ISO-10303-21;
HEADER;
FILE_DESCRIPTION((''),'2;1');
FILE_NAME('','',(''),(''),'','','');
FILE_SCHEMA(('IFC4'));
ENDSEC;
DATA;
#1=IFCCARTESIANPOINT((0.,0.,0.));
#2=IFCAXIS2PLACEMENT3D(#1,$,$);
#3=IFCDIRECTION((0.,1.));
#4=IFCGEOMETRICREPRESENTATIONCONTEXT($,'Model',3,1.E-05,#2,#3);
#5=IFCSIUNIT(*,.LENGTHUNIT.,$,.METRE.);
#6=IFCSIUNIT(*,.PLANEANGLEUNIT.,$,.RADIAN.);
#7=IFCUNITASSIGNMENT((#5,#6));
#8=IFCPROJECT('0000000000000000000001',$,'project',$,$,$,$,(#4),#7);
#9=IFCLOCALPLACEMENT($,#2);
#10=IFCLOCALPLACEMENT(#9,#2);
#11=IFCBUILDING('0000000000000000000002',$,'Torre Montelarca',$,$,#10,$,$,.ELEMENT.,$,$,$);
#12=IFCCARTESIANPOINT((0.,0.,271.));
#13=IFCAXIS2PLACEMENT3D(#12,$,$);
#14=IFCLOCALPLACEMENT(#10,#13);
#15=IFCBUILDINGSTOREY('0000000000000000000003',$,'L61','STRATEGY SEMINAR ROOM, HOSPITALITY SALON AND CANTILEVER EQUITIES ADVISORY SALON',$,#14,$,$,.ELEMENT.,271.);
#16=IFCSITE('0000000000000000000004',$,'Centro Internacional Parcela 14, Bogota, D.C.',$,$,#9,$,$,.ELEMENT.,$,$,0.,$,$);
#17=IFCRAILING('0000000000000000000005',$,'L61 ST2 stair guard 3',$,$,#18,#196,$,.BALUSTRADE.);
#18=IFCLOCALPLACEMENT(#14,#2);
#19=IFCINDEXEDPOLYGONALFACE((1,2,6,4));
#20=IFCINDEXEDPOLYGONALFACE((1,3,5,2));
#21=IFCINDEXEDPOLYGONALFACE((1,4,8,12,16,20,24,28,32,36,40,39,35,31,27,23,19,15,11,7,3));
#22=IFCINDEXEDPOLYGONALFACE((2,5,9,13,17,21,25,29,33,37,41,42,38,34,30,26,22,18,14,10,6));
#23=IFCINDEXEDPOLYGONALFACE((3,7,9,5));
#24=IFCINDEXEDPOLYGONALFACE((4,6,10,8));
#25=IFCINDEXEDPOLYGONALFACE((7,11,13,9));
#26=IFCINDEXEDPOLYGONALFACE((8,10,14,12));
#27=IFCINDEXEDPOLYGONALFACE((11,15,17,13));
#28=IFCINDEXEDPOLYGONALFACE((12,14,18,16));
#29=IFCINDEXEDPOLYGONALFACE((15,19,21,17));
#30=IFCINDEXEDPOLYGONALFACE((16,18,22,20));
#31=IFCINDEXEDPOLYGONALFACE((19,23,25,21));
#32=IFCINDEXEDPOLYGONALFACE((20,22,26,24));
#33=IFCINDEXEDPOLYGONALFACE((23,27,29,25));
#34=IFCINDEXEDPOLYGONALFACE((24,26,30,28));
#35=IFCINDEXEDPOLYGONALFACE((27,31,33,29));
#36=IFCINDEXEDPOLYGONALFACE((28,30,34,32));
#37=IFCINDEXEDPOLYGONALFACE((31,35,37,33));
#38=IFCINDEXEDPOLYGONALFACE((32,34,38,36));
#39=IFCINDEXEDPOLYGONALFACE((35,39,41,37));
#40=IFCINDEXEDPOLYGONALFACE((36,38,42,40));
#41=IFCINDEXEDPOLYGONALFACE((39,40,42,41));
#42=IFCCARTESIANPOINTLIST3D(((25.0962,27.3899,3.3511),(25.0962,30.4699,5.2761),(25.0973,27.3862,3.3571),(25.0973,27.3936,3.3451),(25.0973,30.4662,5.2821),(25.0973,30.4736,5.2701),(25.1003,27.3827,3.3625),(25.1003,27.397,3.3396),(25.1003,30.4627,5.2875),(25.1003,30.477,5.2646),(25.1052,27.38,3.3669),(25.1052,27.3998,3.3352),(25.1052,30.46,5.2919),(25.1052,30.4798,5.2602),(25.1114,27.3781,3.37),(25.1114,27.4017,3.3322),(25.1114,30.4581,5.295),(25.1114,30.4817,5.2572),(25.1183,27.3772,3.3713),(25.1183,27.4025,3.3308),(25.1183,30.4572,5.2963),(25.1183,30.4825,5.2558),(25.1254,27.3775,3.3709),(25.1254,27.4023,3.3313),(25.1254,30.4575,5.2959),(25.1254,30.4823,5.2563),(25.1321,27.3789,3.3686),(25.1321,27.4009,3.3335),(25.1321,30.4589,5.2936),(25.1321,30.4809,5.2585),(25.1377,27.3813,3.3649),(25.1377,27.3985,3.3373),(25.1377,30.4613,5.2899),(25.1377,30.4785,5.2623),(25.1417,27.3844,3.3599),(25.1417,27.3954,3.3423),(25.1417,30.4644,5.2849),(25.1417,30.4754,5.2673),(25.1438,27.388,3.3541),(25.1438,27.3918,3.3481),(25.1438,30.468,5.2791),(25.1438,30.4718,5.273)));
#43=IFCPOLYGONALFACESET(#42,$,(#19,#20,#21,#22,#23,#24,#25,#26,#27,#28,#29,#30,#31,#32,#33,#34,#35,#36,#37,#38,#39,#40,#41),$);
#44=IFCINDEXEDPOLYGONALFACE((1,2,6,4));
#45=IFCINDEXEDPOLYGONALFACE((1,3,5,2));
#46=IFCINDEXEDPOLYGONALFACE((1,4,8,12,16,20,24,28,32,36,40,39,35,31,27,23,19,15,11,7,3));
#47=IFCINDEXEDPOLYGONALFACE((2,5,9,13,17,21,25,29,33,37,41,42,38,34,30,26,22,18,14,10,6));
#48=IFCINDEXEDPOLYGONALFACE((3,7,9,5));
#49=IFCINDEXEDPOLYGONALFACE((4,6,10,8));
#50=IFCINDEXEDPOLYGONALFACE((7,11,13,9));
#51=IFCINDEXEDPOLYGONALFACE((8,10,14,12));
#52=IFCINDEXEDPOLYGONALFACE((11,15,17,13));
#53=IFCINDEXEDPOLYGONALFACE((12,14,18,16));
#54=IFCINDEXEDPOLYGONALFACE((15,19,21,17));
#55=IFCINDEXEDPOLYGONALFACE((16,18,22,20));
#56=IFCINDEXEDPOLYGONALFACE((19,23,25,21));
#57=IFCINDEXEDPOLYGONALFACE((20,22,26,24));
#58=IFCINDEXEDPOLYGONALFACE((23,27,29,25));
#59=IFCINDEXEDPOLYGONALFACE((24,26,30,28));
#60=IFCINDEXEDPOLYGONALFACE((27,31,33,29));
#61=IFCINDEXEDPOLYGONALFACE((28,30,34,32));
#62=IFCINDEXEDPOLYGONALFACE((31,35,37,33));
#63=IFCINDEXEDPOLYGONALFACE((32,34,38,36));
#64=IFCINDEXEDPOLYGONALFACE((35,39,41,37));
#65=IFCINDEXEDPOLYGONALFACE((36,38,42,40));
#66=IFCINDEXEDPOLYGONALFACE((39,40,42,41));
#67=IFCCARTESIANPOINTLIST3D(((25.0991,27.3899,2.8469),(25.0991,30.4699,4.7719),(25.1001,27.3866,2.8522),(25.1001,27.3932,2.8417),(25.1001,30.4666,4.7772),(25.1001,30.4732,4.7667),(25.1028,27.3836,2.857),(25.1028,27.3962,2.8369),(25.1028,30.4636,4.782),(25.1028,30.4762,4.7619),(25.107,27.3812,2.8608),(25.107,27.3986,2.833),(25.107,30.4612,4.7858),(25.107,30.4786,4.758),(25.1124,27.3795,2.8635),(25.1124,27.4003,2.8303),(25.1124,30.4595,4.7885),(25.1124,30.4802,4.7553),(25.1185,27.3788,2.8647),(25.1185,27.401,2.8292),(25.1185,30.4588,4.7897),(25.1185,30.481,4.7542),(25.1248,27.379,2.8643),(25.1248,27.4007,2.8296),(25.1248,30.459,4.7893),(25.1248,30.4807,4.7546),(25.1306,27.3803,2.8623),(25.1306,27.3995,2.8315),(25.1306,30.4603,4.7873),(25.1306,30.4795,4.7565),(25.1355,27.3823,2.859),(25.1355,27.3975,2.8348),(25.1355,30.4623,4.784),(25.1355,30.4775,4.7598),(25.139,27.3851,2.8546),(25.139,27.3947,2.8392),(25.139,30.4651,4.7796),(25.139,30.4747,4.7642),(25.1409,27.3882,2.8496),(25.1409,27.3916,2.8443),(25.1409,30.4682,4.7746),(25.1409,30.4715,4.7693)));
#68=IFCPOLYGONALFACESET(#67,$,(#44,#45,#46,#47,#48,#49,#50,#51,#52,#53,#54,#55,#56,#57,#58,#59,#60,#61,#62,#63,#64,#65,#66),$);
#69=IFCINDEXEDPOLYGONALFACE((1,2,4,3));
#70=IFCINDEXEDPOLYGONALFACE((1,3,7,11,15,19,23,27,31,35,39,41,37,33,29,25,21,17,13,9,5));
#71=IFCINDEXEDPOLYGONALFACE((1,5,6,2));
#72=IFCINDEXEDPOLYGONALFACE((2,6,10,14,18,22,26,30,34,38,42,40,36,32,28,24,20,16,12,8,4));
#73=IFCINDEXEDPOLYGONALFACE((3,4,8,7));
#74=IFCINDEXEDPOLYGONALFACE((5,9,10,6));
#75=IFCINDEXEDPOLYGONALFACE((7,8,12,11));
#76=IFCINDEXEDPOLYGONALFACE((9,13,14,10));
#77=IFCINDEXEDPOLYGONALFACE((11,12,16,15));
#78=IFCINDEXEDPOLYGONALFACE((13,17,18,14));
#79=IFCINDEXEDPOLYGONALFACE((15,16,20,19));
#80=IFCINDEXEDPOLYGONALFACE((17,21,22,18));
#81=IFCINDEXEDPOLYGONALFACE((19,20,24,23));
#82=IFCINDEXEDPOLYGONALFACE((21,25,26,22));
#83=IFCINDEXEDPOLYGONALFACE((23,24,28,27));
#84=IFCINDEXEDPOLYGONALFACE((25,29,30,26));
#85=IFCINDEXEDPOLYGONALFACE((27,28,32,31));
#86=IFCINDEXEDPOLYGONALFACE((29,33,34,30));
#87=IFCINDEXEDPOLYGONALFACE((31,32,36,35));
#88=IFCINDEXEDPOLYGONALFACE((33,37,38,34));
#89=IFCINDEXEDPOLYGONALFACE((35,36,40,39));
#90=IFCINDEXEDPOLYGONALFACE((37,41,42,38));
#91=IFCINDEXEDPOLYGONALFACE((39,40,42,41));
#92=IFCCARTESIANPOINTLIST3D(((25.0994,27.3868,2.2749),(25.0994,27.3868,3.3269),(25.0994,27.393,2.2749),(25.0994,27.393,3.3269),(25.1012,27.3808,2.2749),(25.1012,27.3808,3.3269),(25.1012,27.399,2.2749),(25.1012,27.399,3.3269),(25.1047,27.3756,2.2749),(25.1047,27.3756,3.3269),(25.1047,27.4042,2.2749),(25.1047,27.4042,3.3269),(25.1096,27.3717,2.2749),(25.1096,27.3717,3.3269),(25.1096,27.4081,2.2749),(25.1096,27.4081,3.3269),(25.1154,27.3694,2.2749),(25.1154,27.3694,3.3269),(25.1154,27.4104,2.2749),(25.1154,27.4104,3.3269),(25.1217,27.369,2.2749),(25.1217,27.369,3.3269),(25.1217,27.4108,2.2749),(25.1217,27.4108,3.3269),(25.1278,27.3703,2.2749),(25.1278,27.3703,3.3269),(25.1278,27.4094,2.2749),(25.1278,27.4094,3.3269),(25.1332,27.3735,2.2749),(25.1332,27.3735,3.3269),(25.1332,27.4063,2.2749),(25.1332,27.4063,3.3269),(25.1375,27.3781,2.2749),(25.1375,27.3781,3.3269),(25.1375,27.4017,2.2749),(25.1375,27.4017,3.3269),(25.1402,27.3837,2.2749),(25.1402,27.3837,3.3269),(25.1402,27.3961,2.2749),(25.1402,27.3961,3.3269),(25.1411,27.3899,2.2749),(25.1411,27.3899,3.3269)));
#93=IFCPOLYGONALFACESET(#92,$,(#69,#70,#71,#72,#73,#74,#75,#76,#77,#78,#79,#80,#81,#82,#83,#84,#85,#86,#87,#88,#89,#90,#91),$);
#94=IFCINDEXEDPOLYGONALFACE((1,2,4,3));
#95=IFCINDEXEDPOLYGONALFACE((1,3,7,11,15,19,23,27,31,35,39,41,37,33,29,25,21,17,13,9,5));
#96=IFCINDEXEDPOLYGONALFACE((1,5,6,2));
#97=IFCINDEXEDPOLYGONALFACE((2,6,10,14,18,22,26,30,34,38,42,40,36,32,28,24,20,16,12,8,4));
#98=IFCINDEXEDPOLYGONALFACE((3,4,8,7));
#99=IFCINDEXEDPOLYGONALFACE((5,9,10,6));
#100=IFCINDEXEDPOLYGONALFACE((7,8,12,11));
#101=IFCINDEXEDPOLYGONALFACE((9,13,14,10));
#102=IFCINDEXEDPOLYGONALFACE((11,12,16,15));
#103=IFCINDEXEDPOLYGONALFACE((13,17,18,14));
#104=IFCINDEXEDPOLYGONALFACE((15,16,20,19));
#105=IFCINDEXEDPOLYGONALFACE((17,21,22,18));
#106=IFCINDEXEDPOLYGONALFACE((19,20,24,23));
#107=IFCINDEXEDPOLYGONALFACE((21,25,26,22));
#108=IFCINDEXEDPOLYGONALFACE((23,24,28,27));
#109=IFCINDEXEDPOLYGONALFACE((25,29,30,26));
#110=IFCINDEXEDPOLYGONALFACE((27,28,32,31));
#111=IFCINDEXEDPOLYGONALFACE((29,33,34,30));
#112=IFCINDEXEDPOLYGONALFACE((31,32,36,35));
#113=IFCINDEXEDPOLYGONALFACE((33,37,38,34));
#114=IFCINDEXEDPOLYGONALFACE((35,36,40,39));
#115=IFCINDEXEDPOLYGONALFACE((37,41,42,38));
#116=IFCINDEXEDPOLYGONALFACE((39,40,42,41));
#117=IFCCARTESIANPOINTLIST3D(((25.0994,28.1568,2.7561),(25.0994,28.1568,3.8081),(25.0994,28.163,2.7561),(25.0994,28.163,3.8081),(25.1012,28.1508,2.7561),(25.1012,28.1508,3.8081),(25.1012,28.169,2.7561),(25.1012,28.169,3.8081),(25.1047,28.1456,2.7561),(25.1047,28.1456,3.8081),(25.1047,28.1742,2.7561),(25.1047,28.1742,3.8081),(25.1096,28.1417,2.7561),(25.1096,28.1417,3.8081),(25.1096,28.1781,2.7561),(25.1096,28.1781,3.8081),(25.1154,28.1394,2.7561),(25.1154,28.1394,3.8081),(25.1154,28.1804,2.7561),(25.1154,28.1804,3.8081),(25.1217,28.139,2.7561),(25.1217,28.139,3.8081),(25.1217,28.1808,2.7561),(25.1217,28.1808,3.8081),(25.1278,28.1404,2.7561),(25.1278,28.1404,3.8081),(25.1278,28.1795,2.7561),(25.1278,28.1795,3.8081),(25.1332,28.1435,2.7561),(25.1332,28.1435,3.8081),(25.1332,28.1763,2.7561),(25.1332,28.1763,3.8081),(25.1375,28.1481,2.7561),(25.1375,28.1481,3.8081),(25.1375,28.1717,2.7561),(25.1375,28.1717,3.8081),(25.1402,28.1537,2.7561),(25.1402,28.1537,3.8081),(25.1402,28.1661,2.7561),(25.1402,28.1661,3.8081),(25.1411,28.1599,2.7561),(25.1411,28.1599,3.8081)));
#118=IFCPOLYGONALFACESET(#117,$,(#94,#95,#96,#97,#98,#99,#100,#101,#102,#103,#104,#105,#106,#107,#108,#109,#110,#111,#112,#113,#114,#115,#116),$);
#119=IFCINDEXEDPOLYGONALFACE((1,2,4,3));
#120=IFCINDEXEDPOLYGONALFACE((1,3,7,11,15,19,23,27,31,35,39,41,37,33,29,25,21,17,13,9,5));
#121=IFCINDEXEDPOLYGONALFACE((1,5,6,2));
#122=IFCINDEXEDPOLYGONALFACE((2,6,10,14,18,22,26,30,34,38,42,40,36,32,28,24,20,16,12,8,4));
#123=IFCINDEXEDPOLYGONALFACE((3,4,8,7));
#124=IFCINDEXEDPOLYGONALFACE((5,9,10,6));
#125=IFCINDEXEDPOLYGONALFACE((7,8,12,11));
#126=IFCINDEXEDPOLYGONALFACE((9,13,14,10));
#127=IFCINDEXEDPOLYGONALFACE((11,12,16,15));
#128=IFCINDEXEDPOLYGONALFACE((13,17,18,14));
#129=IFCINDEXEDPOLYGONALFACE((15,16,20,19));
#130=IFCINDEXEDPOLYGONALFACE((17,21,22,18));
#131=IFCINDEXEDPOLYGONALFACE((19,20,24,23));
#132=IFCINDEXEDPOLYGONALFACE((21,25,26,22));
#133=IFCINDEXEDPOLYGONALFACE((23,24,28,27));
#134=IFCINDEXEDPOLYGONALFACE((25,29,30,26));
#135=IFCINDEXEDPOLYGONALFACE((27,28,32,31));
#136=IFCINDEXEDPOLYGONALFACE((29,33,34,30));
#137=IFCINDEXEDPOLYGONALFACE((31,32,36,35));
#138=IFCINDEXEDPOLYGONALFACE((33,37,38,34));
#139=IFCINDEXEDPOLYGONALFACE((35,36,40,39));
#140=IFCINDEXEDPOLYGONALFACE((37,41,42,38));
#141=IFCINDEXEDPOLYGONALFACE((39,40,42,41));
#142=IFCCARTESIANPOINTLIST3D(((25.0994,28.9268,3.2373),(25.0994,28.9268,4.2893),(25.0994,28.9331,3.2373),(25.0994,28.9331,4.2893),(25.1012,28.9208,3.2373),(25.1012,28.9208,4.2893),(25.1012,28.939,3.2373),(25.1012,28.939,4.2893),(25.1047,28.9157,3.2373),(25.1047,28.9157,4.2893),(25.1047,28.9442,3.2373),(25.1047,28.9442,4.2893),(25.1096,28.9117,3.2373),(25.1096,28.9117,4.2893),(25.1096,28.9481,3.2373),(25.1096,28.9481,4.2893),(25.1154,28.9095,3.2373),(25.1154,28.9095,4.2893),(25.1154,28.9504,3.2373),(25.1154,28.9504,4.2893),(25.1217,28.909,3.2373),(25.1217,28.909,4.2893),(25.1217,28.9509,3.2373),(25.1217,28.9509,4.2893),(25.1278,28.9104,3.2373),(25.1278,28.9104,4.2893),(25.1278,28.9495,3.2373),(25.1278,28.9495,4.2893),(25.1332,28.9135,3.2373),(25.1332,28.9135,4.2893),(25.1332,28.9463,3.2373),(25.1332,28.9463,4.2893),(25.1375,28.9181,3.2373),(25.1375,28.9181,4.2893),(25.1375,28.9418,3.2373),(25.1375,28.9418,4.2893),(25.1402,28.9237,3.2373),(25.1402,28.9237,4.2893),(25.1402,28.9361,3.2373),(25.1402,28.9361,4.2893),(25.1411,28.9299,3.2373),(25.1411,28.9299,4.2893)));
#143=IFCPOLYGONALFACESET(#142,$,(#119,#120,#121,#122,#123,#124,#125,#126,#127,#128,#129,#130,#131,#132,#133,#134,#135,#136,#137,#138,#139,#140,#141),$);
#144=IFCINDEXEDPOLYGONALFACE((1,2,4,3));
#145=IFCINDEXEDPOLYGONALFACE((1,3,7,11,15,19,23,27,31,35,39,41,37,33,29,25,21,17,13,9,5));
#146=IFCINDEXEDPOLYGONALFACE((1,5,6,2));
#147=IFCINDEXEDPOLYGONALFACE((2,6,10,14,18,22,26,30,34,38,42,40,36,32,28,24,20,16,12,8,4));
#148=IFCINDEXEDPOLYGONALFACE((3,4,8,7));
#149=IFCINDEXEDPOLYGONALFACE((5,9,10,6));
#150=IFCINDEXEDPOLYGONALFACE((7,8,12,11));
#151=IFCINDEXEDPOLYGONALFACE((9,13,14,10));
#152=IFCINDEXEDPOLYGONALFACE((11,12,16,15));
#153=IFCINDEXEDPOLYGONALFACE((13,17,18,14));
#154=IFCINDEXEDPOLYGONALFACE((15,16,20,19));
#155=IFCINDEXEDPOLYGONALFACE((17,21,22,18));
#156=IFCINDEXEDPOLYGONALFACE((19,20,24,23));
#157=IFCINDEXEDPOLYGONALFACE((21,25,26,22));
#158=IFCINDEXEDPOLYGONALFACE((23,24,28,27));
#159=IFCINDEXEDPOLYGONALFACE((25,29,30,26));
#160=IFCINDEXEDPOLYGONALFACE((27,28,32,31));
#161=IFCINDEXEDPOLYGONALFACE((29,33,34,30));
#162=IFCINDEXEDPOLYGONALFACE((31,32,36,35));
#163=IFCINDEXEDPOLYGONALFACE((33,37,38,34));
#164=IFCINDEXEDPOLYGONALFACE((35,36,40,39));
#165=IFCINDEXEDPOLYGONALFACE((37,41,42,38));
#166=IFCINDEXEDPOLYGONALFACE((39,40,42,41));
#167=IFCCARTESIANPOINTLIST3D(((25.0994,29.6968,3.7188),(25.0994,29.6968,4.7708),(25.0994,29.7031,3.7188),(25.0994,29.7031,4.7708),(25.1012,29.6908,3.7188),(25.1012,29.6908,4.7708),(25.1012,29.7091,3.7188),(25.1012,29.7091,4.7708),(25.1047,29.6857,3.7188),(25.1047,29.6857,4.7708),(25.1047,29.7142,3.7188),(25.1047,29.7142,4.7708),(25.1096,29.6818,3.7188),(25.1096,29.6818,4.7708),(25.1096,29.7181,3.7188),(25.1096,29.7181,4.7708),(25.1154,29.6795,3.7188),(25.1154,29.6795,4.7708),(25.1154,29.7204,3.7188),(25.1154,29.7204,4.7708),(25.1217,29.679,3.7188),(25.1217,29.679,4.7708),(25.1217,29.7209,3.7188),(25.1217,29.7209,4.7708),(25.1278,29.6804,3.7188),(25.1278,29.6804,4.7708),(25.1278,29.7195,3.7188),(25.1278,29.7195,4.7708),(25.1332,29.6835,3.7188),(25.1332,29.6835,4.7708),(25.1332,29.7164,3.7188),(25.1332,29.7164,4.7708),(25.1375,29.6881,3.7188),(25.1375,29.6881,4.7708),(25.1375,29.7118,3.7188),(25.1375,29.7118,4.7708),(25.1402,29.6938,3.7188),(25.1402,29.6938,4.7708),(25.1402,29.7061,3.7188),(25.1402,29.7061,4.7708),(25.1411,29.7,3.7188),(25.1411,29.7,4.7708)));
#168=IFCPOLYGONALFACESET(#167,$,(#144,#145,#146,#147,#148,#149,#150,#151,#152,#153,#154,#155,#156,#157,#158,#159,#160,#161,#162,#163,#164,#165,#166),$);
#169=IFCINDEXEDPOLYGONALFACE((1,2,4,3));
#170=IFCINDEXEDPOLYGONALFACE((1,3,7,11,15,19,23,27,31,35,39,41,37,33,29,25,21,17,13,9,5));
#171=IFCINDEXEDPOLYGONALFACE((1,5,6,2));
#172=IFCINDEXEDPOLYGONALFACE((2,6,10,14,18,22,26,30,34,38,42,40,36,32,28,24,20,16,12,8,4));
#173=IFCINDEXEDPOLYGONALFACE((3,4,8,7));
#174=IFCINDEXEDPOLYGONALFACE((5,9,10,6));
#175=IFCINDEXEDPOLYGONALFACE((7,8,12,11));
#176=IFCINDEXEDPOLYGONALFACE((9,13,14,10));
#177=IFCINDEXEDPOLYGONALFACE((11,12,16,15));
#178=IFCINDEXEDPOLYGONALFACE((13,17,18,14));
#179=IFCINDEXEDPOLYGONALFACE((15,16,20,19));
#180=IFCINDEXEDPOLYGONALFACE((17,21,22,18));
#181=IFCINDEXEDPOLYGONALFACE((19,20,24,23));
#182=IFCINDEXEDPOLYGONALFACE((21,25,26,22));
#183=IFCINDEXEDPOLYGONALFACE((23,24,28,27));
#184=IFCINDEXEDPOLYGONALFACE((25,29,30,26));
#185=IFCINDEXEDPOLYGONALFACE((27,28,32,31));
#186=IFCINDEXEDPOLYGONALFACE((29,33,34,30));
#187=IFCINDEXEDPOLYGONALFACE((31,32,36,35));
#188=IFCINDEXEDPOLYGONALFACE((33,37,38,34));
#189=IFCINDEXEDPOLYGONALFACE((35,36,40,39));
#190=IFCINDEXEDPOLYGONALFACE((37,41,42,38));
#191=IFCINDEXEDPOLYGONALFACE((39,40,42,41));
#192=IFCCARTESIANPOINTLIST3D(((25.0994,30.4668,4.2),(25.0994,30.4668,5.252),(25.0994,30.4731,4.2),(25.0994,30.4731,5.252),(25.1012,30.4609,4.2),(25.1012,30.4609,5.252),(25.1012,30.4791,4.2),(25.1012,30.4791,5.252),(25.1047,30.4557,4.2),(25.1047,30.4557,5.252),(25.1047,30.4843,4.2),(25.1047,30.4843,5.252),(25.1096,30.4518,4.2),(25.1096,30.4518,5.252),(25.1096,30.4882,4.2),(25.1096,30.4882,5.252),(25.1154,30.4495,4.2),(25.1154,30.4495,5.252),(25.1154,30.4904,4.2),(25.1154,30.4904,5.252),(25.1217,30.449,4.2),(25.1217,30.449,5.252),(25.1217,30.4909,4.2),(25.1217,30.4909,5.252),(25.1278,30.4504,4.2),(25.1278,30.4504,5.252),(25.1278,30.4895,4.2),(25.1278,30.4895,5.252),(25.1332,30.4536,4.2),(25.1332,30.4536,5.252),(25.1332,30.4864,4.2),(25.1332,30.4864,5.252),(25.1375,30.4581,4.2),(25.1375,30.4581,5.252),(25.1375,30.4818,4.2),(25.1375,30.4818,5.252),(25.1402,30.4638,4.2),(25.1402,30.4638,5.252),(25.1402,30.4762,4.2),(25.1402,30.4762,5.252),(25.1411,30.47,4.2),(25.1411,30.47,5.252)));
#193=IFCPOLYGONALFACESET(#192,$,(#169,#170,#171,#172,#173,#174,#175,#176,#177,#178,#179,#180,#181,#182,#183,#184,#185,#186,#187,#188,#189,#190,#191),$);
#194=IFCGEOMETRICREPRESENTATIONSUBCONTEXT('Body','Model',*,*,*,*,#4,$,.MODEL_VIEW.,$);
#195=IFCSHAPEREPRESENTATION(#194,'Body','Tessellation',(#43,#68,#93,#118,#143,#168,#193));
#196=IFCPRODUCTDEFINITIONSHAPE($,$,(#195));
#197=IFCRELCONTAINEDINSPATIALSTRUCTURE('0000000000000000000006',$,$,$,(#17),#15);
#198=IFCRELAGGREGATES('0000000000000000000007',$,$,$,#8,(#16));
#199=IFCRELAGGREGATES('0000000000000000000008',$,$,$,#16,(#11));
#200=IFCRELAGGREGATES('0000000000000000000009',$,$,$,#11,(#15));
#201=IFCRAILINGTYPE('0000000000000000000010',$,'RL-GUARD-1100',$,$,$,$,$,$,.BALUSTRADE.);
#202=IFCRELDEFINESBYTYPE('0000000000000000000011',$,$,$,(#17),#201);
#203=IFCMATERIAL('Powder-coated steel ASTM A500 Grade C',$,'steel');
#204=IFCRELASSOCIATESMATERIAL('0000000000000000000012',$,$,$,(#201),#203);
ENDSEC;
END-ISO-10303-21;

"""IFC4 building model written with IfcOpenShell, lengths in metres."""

from ifc_helpers import new_model, si_unit, direction, frame, origin, origin_2d, place, context, subcontext, project, spatial, circle, extrude, material, type_object, element, save


model = new_model("IFC4")

# Units and contexts
model_context = context("Model", 3, precision=1e-05, world=origin(), true_north=direction((0.0, 1.0)))
body_context = subcontext(model_context, "Body", "Model", "MODEL_VIEW")
ifc_project = project(units=[si_unit("LENGTHUNIT", "METRE"), si_unit("PLANEANGLEUNIT", "RADIAN")], contexts=[model_context])

# Site, building, storey
site_placement = place(None, origin())
site = spatial("IfcSite", under=ifc_project, at=site_placement, Name="Centro Internacional Parcela 14, Bogota, D.C.", CompositionType="ELEMENT", RefElevation=0.0)
building_placement = place(site_placement, origin())
building = spatial("IfcBuilding", under=site, at=building_placement, Name="Torre Montelarca", CompositionType="ELEMENT")
storey_placement = place(building_placement, frame((0.0, 0.0, 271.0)))
storey = spatial("IfcBuildingStorey", under=building, at=storey_placement, Name="L61", Description="STRATEGY SEMINAR ROOM, HOSPITALITY SALON AND CANTILEVER EQUITIES ADVISORY SALON", CompositionType="ELEMENT", Elevation=271.0)

# Railing
ifc_material_1 = material(Name="Powder-coated steel ASTM A500 Grade C", Category="steel")
railing_type_1 = type_object("IfcRailingType", Name="RL-GUARD-1100", PredefinedType="BALUSTRADE", material=ifc_material_1)
railing_1_placement = place(storey_placement, frame((25.1201, 27.3899, 2.2749)))
element("IfcRailing", 1, at=railing_1_placement, inside=storey, type_object=railing_type_1, Name="L61 ST2 stair guard 3", PredefinedType="BALUSTRADE", context=body_context, shape_type="SweptSolid", body=[
    extrude(circle(Radius=0.0239, at=origin_2d()), frame((0.0, 0.0, 1.0762), z_axis=(0.0, 0.847998, 0.529999), x_axis=(-1.0, 0.0, 0.0)), (0.0, 0.0, 1.0), 3.6321),
    extrude(circle(Radius=0.021, at=origin_2d()), frame((0.0, 0.0, 0.572), z_axis=(0.0, 0.847998, 0.529999), x_axis=(-1.0, 0.0, 0.0)), (0.0, 0.0, 1.0), 3.6321),
    extrude(circle(Radius=0.021, at=origin_2d()), origin(), (0.0, 0.0, 1.0), 1.052),
    extrude(circle(Radius=0.021, at=origin_2d()), frame((0.0, 0.77, 0.4812)), (0.0, 0.0, 1.0), 1.052),
    extrude(circle(Radius=0.021, at=origin_2d()), frame((0.0, 1.54, 0.9624)), (0.0, 0.0, 1.0), 1.052),
    extrude(circle(Radius=0.021, at=origin_2d()), frame((0.0, 2.3101, 1.4438)), (0.0, 0.0, 1.0), 1.052),
    extrude(circle(Radius=0.021, at=origin_2d()), frame((0.0, 3.0801, 1.925)), (0.0, 0.0, 1.0), 1.052),
])

save(model, "model.ifc")
